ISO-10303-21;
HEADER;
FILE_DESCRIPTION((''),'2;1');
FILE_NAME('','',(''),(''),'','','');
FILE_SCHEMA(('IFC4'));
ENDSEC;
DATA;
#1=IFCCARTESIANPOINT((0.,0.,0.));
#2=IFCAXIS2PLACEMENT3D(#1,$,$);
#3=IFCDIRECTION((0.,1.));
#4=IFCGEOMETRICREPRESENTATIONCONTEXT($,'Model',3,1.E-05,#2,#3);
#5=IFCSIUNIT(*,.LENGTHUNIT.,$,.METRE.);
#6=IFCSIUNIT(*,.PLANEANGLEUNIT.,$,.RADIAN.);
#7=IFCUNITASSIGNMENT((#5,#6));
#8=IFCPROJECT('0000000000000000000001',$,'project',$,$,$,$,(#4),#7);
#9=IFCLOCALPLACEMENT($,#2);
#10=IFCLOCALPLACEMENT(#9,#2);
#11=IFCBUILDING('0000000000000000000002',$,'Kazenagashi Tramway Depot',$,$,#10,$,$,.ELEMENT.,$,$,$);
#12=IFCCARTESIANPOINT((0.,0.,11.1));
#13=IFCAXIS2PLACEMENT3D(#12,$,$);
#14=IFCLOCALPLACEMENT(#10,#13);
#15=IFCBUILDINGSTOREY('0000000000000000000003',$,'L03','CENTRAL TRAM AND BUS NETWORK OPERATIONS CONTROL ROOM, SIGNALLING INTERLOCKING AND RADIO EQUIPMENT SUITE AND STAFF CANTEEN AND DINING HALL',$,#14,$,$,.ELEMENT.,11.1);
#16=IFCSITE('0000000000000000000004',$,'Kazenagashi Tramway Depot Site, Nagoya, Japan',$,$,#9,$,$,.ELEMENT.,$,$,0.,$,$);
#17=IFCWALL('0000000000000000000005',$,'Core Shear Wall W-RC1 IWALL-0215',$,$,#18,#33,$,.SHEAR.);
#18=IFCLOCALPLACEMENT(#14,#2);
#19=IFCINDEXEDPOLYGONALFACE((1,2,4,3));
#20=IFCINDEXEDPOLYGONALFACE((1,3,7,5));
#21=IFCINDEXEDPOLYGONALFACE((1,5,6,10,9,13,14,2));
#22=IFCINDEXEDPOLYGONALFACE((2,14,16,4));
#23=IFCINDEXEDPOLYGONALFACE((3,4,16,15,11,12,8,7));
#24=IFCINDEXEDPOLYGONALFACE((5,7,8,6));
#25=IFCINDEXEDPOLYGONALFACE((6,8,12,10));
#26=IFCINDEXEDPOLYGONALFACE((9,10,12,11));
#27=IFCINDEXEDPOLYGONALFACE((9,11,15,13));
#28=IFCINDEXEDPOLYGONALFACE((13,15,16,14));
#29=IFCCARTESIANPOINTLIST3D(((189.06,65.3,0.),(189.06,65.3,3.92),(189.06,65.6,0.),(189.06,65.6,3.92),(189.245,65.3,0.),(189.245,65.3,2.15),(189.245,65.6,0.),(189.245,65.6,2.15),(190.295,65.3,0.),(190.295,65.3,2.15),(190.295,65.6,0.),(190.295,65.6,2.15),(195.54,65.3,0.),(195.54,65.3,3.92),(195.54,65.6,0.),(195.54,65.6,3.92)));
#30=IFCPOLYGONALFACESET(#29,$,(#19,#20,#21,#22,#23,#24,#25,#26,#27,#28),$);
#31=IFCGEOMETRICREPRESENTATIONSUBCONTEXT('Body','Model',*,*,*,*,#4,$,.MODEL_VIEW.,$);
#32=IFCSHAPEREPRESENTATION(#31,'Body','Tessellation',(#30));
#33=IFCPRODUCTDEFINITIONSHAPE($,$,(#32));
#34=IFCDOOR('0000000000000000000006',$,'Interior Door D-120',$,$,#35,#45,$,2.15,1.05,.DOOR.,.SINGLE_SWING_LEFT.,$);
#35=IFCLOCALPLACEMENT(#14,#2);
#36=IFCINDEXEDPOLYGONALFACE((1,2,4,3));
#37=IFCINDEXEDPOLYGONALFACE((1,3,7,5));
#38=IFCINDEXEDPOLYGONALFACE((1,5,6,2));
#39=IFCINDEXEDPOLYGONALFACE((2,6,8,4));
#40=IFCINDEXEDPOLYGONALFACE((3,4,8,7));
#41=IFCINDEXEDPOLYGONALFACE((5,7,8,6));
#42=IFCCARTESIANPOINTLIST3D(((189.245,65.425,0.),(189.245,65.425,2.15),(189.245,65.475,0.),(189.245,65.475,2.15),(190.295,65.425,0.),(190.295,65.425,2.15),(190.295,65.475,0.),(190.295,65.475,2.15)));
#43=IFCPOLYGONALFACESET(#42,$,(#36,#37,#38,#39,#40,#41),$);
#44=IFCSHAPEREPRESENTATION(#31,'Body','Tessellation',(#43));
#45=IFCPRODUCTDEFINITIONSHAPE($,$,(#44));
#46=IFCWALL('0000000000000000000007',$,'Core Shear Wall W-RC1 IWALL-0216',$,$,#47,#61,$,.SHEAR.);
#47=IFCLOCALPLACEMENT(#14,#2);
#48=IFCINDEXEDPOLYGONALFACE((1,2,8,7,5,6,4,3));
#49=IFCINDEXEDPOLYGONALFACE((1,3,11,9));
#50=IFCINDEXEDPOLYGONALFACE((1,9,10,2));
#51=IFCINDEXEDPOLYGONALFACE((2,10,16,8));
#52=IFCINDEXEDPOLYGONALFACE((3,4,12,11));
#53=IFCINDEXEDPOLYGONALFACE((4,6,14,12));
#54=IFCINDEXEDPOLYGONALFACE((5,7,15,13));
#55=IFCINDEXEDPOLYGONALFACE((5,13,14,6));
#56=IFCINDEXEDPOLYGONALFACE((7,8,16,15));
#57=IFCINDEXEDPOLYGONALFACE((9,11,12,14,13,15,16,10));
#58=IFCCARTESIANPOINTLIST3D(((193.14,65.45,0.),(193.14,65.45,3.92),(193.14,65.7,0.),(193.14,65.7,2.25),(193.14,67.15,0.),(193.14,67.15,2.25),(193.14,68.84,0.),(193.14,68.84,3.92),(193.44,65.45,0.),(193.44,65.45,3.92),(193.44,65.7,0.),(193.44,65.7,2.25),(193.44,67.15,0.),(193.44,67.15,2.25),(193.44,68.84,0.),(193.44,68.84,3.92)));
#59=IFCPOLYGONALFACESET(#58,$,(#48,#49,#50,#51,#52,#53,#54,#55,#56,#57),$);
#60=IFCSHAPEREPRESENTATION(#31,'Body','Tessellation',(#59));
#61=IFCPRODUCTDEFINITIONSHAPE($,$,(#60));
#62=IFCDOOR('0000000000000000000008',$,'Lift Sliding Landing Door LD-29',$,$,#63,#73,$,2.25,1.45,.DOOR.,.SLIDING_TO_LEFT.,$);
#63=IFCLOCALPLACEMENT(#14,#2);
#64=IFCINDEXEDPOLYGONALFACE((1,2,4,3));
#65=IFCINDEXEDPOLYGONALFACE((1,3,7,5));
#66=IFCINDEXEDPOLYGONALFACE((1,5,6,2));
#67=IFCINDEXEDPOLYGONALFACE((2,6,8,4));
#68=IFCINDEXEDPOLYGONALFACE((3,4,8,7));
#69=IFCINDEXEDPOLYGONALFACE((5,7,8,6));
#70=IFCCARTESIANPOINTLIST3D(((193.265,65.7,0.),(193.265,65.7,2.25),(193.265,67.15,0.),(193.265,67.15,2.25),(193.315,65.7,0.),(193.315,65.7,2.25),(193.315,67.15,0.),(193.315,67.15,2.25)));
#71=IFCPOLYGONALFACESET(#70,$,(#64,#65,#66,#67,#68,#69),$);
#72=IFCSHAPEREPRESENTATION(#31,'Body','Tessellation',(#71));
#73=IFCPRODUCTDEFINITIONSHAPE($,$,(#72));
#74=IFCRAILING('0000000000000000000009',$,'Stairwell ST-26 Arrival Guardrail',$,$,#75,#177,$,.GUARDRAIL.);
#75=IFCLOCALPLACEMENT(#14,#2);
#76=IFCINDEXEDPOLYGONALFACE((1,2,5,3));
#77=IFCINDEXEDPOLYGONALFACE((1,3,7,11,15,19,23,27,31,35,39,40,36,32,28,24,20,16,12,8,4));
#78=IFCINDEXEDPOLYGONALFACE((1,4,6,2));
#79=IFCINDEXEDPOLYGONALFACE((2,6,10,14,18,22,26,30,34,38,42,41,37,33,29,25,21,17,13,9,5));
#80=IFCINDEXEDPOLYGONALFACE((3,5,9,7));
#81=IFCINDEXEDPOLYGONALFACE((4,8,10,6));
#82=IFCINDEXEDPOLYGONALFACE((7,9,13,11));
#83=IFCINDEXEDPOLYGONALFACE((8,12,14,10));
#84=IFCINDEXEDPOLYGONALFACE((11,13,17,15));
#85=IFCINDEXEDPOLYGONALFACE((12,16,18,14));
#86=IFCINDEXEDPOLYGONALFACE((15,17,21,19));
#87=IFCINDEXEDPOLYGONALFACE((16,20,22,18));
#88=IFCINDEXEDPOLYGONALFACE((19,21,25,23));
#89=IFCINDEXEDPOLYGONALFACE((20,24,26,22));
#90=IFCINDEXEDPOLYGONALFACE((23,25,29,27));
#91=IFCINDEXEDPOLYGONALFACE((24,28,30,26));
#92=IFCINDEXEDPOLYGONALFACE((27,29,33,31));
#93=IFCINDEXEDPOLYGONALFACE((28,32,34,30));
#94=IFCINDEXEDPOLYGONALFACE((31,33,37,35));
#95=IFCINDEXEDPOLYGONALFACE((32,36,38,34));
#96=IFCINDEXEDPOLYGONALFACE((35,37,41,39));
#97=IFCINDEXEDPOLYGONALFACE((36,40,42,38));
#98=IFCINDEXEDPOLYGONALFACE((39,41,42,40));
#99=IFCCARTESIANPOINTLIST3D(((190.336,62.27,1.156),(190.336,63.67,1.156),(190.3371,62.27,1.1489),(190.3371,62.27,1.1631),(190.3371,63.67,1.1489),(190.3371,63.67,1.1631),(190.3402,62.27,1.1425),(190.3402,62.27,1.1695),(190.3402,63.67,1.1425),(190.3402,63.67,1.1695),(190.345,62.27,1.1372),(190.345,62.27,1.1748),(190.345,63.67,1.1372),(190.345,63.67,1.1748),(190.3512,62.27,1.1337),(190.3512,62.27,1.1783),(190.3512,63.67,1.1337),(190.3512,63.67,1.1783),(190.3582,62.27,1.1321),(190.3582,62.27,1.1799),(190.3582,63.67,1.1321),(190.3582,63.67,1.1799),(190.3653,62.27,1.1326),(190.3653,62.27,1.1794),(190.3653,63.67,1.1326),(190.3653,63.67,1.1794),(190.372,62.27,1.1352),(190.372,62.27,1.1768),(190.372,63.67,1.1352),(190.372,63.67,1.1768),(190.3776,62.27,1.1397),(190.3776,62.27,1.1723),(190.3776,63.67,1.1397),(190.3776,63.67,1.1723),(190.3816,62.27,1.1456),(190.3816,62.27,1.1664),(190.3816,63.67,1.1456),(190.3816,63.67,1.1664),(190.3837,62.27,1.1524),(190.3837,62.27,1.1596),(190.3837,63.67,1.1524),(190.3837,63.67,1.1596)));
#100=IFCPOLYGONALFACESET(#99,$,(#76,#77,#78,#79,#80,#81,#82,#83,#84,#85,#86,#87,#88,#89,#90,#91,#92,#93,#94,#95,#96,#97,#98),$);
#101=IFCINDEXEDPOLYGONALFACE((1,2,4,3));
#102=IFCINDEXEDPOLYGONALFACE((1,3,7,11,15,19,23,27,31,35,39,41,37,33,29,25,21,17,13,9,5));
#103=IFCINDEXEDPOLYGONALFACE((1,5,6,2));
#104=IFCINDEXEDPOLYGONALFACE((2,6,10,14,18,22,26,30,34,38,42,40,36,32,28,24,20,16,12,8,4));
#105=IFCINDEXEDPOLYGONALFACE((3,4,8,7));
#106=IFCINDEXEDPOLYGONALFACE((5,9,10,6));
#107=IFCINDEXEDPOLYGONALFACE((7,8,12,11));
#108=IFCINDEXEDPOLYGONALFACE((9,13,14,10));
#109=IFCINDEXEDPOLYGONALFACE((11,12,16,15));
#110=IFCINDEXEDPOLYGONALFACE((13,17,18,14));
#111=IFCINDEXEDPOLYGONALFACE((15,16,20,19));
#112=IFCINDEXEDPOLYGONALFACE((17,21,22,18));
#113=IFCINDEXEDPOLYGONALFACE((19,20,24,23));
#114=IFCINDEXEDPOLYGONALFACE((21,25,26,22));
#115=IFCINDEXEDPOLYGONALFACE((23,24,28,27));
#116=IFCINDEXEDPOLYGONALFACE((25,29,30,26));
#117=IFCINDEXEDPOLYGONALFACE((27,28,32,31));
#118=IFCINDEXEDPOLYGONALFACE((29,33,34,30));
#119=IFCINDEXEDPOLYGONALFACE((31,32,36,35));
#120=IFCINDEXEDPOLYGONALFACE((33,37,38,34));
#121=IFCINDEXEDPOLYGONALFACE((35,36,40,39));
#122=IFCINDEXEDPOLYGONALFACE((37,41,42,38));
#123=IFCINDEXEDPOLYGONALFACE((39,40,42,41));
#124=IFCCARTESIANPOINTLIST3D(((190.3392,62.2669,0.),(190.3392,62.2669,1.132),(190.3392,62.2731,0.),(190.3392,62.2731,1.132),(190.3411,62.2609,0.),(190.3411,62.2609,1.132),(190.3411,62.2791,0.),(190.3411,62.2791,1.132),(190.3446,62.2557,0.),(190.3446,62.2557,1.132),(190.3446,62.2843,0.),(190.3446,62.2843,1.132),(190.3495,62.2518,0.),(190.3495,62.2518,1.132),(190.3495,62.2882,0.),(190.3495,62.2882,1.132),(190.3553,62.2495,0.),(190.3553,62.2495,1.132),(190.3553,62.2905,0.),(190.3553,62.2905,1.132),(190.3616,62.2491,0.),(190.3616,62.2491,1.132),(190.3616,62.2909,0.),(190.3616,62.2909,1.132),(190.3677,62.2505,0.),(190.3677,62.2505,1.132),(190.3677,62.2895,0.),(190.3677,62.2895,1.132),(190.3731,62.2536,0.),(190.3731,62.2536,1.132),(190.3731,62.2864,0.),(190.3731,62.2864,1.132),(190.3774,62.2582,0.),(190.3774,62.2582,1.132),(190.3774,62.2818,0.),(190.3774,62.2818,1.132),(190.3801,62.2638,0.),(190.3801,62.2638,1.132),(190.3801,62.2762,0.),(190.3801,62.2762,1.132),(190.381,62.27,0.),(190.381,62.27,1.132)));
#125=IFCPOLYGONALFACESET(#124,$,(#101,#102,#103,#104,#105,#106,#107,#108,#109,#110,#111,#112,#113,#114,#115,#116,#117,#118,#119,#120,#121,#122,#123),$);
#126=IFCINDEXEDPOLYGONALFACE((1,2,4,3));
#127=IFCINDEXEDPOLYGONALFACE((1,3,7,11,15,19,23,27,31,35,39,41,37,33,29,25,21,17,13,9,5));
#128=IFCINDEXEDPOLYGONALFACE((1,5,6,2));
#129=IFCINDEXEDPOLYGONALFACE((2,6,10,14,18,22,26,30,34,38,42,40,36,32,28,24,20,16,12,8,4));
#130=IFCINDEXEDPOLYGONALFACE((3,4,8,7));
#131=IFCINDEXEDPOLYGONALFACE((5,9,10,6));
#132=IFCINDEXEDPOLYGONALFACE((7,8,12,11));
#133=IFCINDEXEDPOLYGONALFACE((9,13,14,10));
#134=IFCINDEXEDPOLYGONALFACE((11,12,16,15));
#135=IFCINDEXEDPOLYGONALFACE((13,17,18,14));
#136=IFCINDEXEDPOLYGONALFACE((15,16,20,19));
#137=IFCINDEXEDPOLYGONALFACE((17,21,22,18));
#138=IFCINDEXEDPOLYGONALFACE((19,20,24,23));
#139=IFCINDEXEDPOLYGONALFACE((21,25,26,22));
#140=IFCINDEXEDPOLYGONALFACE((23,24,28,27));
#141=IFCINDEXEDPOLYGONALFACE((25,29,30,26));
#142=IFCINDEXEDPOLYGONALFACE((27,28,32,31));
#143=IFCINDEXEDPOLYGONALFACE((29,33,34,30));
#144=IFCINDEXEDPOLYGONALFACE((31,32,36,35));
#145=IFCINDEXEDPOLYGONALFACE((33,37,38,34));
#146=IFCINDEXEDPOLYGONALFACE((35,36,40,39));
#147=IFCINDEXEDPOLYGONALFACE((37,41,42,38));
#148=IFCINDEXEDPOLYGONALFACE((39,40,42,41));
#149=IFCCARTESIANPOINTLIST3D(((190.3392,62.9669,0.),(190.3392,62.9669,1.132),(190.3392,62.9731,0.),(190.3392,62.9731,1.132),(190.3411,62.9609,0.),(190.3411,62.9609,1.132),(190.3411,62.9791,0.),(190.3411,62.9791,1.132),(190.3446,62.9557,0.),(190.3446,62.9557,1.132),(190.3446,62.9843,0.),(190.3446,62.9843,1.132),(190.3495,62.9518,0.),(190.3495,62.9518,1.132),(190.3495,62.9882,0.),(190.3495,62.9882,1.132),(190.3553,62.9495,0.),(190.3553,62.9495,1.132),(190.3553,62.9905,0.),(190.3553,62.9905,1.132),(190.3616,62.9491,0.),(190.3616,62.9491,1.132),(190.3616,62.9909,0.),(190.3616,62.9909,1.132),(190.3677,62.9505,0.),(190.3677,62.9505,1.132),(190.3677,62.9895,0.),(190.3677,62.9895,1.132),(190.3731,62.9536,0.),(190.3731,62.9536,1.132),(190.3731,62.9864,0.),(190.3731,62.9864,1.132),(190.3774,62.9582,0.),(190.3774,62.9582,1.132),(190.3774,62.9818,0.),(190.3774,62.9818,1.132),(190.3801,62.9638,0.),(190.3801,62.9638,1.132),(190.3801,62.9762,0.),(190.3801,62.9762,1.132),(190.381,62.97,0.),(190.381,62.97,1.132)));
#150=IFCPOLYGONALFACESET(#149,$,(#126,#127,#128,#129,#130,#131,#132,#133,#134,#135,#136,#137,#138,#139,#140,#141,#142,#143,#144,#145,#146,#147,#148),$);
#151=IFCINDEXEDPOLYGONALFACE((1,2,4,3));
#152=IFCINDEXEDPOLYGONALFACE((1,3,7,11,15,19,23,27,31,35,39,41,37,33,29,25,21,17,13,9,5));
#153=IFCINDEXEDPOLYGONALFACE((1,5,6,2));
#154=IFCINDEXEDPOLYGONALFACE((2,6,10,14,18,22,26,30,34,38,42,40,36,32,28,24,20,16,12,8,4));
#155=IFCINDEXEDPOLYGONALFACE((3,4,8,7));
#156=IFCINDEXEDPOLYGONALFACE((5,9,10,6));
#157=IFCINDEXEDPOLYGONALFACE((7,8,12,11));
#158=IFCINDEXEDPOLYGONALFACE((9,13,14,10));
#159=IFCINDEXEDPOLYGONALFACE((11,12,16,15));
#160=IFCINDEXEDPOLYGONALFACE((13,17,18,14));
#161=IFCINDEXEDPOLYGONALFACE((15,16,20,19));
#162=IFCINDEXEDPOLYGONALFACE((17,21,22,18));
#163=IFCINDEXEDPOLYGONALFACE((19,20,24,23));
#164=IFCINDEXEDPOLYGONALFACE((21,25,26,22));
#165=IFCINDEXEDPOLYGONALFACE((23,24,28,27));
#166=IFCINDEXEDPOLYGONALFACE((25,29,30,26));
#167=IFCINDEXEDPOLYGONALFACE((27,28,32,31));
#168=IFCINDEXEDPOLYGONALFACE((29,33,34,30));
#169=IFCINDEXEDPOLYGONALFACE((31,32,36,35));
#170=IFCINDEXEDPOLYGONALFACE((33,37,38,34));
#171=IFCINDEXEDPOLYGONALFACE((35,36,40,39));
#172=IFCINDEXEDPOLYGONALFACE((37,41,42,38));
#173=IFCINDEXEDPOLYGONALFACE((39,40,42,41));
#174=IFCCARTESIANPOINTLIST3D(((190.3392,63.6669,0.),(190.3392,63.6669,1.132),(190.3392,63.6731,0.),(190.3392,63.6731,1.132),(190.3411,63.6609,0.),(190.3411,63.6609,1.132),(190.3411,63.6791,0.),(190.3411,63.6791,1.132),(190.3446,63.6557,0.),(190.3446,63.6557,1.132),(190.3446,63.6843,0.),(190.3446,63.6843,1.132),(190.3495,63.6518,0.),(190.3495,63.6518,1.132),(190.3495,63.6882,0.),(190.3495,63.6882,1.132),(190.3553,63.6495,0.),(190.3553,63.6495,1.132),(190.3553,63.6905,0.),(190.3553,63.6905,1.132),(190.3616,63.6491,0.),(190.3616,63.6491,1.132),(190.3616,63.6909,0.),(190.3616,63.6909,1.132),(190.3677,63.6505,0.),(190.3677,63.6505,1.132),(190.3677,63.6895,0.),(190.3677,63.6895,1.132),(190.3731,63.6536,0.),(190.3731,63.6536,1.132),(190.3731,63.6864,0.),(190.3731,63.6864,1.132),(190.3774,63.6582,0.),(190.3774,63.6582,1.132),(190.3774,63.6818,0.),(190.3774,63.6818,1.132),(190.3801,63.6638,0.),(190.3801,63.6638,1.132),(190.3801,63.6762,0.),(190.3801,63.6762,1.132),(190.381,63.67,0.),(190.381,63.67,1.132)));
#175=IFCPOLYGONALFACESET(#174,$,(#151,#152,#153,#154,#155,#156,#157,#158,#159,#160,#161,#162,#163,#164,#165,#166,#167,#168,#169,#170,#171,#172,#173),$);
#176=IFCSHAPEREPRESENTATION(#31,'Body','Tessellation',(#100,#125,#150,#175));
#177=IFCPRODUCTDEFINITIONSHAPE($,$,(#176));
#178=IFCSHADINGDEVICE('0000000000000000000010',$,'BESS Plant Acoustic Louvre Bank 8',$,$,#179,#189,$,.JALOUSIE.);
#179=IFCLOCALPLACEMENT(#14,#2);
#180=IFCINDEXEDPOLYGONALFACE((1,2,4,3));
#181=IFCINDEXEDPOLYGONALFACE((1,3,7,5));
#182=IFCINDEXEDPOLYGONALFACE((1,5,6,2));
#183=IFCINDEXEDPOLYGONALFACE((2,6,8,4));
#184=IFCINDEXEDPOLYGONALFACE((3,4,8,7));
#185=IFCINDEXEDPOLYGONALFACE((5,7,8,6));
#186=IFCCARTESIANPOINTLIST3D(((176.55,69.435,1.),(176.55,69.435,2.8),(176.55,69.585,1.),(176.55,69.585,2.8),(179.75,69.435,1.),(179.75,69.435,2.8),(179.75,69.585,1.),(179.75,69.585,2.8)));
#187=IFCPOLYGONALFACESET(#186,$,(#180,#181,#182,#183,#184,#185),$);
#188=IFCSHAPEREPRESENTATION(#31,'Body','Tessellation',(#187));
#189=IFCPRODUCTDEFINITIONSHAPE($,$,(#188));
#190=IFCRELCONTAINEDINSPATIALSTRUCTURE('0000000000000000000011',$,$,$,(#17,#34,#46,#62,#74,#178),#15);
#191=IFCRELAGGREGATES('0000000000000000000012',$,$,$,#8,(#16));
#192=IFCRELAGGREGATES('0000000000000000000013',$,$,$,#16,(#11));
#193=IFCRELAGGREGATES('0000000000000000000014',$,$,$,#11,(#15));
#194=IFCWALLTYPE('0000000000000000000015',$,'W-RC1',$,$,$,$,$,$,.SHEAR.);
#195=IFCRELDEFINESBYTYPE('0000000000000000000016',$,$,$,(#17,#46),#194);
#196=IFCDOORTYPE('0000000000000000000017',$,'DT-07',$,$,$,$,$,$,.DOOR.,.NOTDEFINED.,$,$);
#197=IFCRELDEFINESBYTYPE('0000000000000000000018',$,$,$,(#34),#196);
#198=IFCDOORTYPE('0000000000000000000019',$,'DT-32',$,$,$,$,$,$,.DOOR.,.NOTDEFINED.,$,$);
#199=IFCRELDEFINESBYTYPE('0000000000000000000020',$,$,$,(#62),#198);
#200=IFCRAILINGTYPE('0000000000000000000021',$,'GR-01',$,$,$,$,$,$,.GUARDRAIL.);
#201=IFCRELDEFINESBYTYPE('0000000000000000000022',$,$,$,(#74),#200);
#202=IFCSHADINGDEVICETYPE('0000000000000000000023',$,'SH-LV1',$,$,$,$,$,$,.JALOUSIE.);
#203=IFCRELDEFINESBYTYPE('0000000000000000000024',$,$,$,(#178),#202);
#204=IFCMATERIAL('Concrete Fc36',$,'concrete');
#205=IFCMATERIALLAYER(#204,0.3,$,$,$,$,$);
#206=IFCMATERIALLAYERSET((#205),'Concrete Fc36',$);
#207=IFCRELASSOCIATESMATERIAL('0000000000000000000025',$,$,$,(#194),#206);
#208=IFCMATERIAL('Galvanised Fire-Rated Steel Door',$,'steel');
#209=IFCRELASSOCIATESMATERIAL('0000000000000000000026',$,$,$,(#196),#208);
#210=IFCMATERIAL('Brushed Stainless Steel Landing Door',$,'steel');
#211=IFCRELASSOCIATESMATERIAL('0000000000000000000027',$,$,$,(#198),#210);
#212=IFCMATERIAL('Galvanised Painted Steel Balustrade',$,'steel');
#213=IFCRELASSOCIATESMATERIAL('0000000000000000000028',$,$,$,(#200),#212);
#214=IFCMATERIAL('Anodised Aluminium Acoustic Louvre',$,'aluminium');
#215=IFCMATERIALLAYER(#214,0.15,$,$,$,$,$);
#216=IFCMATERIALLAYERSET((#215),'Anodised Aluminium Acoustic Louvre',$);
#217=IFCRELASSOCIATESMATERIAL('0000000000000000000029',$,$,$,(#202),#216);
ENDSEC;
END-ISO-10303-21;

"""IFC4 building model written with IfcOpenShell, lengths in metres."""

from ifc_helpers import new_model, si_unit, direction, frame, frame_2d, origin, origin_2d, place, context, subcontext, project, spatial, rectangle, circle, extrude, material, layer, layer_set, type_object, element, fill, save


model = new_model("IFC4")

# Units and contexts
model_context = context("Model", 3, precision=1e-05, world=origin(), true_north=direction((0.0, 1.0)))
body_context = subcontext(model_context, "Body", "Model", "MODEL_VIEW")
ifc_project = project(units=[si_unit("LENGTHUNIT", "METRE"), si_unit("PLANEANGLEUNIT", "RADIAN")], contexts=[model_context])

# Site, building, storey
site_placement = place(None, origin())
site = spatial("IfcSite", under=ifc_project, at=site_placement, Name="Kazenagashi Tramway Depot Site, Nagoya, Japan", CompositionType="ELEMENT", RefElevation=0.0)
building_placement = place(site_placement, origin())
building = spatial("IfcBuilding", under=site, at=building_placement, Name="Kazenagashi Tramway Depot", CompositionType="ELEMENT")
storey_placement = place(building_placement, frame((0.0, 0.0, 11.1)))
storey = spatial("IfcBuildingStorey", under=building, at=storey_placement, Name="L03", Description="CENTRAL TRAM AND BUS NETWORK OPERATIONS CONTROL ROOM, SIGNALLING INTERLOCKING AND RADIO EQUIPMENT SUITE AND STAFF CANTEEN AND DINING HALL", CompositionType="ELEMENT", Elevation=11.1)

# Shared definitions
ifc_material_1 = material(Name="Concrete Fc36", Category="concrete")
ifc_layer_1 = layer(ifc_material_1, 0.3)
ifc_layer_set_1 = layer_set([ifc_layer_1], Name="Concrete Fc36")
wall_type_1 = type_object("IfcWallType", Name="W-RC1", PredefinedType="SHEAR", material=ifc_layer_set_1)

# Shared definitions
ifc_material_2 = material(Name="Galvanised Fire-Rated Steel Door", Category="steel")

# Walls, openings, doors
wall_1_placement = place(storey_placement, frame((189.06, 65.45, 0.0), z_axis=(0.0, 0.0, 1.0), x_axis=(1.0, 0.0, 0.0)))
wall_1 = element("IfcWall", 1, at=wall_1_placement, inside=storey, type_object=wall_type_1, Name="Core Shear Wall W-RC1 IWALL-0215", PredefinedType="SHEAR", context=body_context, shape_type="SweptSolid", body=[
    extrude(rectangle(XDim=6.48, YDim=0.3, at=frame_2d((3.24, 0.0))), origin(), (0.0, 0.0, 1.0), 3.92),
])
opening_1_placement = place(wall_1_placement, frame((0.185, 0.0, 0.0)))
opening_1 = element("IfcOpeningElement", 2, at=opening_1_placement, cuts=wall_1, PredefinedType="OPENING", context=body_context, shape_type="SweptSolid", body=[
    extrude(rectangle(XDim=1.05, YDim=2.15, at=frame_2d((0.525, 1.075))), frame((0.0, 0.16, 0.0), z_axis=(0.0, -1.0, 0.0), x_axis=(1.0, 0.0, 0.0)), (0.0, 0.0, 1.0), 0.32),
])
door_type_1 = type_object("IfcDoorType", Name="DT-07", OperationType="NOTDEFINED", PredefinedType="DOOR", material=ifc_material_2)
door_1_placement = place(opening_1_placement, origin())
door_1 = element("IfcDoor", 3, at=door_1_placement, inside=storey, type_object=door_type_1, Name="Interior Door D-120", OperationType="SINGLE_SWING_LEFT", OverallHeight=2.15, OverallWidth=1.05, PredefinedType="DOOR", context=body_context, shape_type="SweptSolid", body=[
    extrude(rectangle(XDim=1.05, YDim=2.15, at=frame_2d((0.525, 1.075))), frame((0.0, 0.025, 0.0), z_axis=(0.0, -1.0, 0.0), x_axis=(1.0, 0.0, 0.0)), (0.0, 0.0, 1.0), 0.05),
])
fill(opening_1, door_1)
wall_2_placement = place(storey_placement, frame((193.29, 65.45, 0.0), z_axis=(0.0, 0.0, 1.0), x_axis=(0.0, 1.0, 0.0)))
wall_2 = element("IfcWall", 4, at=wall_2_placement, inside=storey, type_object=wall_type_1, Name="Core Shear Wall W-RC1 IWALL-0216", PredefinedType="SHEAR", context=body_context, shape_type="SweptSolid", body=[
    extrude(rectangle(XDim=3.39, YDim=0.3, at=frame_2d((1.695, 0.0))), origin(), (0.0, 0.0, 1.0), 3.92),
])
opening_2_placement = place(wall_2_placement, frame((0.25, 0.0, 0.0)))
opening_2 = element("IfcOpeningElement", 5, at=opening_2_placement, cuts=wall_2, PredefinedType="OPENING", context=body_context, shape_type="SweptSolid", body=[
    extrude(rectangle(XDim=1.45, YDim=2.25, at=frame_2d((0.725, 1.125))), frame((0.0, 0.16, 0.0), z_axis=(0.0, -1.0, 0.0), x_axis=(1.0, 0.0, 0.0)), (0.0, 0.0, 1.0), 0.32),
])
ifc_material_3 = material(Name="Brushed Stainless Steel Landing Door", Category="steel")
door_type_2 = type_object("IfcDoorType", Name="DT-32", OperationType="NOTDEFINED", PredefinedType="DOOR", material=ifc_material_3)
door_2_placement = place(opening_2_placement, origin())
door_2 = element("IfcDoor", 6, at=door_2_placement, inside=storey, type_object=door_type_2, Name="Lift Sliding Landing Door LD-29", OperationType="SLIDING_TO_LEFT", OverallHeight=2.25, OverallWidth=1.45, PredefinedType="DOOR", context=body_context, shape_type="SweptSolid", body=[
    extrude(rectangle(XDim=1.45, YDim=2.25, at=frame_2d((0.725, 1.125))), frame((0.0, 0.025, 0.0), z_axis=(0.0, -1.0, 0.0), x_axis=(1.0, 0.0, 0.0)), (0.0, 0.0, 1.0), 0.05),
])
fill(opening_2, door_2)

# Railing
ifc_material_4 = material(Name="Galvanised Painted Steel Balustrade", Category="steel")
railing_type = type_object("IfcRailingType", Name="GR-01", PredefinedType="GUARDRAIL", material=ifc_material_4)
railing_placement = place(storey_placement, frame((190.36, 62.27, 0.0)))
element("IfcRailing", 7, at=railing_placement, inside=storey, type_object=railing_type, Name="Stairwell ST-26 Arrival Guardrail", PredefinedType="GUARDRAIL", context=body_context, shape_type="SweptSolid", body=[
    extrude(circle(Radius=0.024, at=origin_2d()), frame((0.0, 0.0, 1.156), z_axis=(0.0, 1.0, 0.0), x_axis=(-1.0, 0.0, 0.0)), (0.0, 0.0, 1.0), 1.4),
    extrude(circle(Radius=0.021, at=origin_2d()), origin(), (0.0, 0.0, 1.0), 1.132),
    extrude(circle(Radius=0.021, at=origin_2d()), frame((0.0, 0.7, 0.0)), (0.0, 0.0, 1.0), 1.132),
    extrude(circle(Radius=0.021, at=origin_2d()), frame((0.0, 1.4, 0.0)), (0.0, 0.0, 1.0), 1.132),
])

# Shading device
ifc_material_5 = material(Name="Anodised Aluminium Acoustic Louvre", Category="aluminium")
ifc_layer_2 = layer(ifc_material_5, 0.15)
ifc_layer_set_2 = layer_set([ifc_layer_2], Name="Anodised Aluminium Acoustic Louvre")
shading_device_type = type_object("IfcShadingDeviceType", Name="SH-LV1", PredefinedType="JALOUSIE", material=ifc_layer_set_2)
shading_device_placement = place(storey_placement, frame((178.15, 69.51, 1.0), z_axis=(0.0, 0.0, 1.0), x_axis=(1.0, 0.0, 0.0)))
element("IfcShadingDevice", 8, at=shading_device_placement, inside=storey, type_object=shading_device_type, Name="BESS Plant Acoustic Louvre Bank 8", PredefinedType="JALOUSIE", context=body_context, shape_type="SweptSolid", body=[
    extrude(rectangle(XDim=3.2, YDim=0.15, at=origin_2d()), origin(), (0.0, 0.0, 1.0), 1.8),
])

save(model, "model.ifc")
